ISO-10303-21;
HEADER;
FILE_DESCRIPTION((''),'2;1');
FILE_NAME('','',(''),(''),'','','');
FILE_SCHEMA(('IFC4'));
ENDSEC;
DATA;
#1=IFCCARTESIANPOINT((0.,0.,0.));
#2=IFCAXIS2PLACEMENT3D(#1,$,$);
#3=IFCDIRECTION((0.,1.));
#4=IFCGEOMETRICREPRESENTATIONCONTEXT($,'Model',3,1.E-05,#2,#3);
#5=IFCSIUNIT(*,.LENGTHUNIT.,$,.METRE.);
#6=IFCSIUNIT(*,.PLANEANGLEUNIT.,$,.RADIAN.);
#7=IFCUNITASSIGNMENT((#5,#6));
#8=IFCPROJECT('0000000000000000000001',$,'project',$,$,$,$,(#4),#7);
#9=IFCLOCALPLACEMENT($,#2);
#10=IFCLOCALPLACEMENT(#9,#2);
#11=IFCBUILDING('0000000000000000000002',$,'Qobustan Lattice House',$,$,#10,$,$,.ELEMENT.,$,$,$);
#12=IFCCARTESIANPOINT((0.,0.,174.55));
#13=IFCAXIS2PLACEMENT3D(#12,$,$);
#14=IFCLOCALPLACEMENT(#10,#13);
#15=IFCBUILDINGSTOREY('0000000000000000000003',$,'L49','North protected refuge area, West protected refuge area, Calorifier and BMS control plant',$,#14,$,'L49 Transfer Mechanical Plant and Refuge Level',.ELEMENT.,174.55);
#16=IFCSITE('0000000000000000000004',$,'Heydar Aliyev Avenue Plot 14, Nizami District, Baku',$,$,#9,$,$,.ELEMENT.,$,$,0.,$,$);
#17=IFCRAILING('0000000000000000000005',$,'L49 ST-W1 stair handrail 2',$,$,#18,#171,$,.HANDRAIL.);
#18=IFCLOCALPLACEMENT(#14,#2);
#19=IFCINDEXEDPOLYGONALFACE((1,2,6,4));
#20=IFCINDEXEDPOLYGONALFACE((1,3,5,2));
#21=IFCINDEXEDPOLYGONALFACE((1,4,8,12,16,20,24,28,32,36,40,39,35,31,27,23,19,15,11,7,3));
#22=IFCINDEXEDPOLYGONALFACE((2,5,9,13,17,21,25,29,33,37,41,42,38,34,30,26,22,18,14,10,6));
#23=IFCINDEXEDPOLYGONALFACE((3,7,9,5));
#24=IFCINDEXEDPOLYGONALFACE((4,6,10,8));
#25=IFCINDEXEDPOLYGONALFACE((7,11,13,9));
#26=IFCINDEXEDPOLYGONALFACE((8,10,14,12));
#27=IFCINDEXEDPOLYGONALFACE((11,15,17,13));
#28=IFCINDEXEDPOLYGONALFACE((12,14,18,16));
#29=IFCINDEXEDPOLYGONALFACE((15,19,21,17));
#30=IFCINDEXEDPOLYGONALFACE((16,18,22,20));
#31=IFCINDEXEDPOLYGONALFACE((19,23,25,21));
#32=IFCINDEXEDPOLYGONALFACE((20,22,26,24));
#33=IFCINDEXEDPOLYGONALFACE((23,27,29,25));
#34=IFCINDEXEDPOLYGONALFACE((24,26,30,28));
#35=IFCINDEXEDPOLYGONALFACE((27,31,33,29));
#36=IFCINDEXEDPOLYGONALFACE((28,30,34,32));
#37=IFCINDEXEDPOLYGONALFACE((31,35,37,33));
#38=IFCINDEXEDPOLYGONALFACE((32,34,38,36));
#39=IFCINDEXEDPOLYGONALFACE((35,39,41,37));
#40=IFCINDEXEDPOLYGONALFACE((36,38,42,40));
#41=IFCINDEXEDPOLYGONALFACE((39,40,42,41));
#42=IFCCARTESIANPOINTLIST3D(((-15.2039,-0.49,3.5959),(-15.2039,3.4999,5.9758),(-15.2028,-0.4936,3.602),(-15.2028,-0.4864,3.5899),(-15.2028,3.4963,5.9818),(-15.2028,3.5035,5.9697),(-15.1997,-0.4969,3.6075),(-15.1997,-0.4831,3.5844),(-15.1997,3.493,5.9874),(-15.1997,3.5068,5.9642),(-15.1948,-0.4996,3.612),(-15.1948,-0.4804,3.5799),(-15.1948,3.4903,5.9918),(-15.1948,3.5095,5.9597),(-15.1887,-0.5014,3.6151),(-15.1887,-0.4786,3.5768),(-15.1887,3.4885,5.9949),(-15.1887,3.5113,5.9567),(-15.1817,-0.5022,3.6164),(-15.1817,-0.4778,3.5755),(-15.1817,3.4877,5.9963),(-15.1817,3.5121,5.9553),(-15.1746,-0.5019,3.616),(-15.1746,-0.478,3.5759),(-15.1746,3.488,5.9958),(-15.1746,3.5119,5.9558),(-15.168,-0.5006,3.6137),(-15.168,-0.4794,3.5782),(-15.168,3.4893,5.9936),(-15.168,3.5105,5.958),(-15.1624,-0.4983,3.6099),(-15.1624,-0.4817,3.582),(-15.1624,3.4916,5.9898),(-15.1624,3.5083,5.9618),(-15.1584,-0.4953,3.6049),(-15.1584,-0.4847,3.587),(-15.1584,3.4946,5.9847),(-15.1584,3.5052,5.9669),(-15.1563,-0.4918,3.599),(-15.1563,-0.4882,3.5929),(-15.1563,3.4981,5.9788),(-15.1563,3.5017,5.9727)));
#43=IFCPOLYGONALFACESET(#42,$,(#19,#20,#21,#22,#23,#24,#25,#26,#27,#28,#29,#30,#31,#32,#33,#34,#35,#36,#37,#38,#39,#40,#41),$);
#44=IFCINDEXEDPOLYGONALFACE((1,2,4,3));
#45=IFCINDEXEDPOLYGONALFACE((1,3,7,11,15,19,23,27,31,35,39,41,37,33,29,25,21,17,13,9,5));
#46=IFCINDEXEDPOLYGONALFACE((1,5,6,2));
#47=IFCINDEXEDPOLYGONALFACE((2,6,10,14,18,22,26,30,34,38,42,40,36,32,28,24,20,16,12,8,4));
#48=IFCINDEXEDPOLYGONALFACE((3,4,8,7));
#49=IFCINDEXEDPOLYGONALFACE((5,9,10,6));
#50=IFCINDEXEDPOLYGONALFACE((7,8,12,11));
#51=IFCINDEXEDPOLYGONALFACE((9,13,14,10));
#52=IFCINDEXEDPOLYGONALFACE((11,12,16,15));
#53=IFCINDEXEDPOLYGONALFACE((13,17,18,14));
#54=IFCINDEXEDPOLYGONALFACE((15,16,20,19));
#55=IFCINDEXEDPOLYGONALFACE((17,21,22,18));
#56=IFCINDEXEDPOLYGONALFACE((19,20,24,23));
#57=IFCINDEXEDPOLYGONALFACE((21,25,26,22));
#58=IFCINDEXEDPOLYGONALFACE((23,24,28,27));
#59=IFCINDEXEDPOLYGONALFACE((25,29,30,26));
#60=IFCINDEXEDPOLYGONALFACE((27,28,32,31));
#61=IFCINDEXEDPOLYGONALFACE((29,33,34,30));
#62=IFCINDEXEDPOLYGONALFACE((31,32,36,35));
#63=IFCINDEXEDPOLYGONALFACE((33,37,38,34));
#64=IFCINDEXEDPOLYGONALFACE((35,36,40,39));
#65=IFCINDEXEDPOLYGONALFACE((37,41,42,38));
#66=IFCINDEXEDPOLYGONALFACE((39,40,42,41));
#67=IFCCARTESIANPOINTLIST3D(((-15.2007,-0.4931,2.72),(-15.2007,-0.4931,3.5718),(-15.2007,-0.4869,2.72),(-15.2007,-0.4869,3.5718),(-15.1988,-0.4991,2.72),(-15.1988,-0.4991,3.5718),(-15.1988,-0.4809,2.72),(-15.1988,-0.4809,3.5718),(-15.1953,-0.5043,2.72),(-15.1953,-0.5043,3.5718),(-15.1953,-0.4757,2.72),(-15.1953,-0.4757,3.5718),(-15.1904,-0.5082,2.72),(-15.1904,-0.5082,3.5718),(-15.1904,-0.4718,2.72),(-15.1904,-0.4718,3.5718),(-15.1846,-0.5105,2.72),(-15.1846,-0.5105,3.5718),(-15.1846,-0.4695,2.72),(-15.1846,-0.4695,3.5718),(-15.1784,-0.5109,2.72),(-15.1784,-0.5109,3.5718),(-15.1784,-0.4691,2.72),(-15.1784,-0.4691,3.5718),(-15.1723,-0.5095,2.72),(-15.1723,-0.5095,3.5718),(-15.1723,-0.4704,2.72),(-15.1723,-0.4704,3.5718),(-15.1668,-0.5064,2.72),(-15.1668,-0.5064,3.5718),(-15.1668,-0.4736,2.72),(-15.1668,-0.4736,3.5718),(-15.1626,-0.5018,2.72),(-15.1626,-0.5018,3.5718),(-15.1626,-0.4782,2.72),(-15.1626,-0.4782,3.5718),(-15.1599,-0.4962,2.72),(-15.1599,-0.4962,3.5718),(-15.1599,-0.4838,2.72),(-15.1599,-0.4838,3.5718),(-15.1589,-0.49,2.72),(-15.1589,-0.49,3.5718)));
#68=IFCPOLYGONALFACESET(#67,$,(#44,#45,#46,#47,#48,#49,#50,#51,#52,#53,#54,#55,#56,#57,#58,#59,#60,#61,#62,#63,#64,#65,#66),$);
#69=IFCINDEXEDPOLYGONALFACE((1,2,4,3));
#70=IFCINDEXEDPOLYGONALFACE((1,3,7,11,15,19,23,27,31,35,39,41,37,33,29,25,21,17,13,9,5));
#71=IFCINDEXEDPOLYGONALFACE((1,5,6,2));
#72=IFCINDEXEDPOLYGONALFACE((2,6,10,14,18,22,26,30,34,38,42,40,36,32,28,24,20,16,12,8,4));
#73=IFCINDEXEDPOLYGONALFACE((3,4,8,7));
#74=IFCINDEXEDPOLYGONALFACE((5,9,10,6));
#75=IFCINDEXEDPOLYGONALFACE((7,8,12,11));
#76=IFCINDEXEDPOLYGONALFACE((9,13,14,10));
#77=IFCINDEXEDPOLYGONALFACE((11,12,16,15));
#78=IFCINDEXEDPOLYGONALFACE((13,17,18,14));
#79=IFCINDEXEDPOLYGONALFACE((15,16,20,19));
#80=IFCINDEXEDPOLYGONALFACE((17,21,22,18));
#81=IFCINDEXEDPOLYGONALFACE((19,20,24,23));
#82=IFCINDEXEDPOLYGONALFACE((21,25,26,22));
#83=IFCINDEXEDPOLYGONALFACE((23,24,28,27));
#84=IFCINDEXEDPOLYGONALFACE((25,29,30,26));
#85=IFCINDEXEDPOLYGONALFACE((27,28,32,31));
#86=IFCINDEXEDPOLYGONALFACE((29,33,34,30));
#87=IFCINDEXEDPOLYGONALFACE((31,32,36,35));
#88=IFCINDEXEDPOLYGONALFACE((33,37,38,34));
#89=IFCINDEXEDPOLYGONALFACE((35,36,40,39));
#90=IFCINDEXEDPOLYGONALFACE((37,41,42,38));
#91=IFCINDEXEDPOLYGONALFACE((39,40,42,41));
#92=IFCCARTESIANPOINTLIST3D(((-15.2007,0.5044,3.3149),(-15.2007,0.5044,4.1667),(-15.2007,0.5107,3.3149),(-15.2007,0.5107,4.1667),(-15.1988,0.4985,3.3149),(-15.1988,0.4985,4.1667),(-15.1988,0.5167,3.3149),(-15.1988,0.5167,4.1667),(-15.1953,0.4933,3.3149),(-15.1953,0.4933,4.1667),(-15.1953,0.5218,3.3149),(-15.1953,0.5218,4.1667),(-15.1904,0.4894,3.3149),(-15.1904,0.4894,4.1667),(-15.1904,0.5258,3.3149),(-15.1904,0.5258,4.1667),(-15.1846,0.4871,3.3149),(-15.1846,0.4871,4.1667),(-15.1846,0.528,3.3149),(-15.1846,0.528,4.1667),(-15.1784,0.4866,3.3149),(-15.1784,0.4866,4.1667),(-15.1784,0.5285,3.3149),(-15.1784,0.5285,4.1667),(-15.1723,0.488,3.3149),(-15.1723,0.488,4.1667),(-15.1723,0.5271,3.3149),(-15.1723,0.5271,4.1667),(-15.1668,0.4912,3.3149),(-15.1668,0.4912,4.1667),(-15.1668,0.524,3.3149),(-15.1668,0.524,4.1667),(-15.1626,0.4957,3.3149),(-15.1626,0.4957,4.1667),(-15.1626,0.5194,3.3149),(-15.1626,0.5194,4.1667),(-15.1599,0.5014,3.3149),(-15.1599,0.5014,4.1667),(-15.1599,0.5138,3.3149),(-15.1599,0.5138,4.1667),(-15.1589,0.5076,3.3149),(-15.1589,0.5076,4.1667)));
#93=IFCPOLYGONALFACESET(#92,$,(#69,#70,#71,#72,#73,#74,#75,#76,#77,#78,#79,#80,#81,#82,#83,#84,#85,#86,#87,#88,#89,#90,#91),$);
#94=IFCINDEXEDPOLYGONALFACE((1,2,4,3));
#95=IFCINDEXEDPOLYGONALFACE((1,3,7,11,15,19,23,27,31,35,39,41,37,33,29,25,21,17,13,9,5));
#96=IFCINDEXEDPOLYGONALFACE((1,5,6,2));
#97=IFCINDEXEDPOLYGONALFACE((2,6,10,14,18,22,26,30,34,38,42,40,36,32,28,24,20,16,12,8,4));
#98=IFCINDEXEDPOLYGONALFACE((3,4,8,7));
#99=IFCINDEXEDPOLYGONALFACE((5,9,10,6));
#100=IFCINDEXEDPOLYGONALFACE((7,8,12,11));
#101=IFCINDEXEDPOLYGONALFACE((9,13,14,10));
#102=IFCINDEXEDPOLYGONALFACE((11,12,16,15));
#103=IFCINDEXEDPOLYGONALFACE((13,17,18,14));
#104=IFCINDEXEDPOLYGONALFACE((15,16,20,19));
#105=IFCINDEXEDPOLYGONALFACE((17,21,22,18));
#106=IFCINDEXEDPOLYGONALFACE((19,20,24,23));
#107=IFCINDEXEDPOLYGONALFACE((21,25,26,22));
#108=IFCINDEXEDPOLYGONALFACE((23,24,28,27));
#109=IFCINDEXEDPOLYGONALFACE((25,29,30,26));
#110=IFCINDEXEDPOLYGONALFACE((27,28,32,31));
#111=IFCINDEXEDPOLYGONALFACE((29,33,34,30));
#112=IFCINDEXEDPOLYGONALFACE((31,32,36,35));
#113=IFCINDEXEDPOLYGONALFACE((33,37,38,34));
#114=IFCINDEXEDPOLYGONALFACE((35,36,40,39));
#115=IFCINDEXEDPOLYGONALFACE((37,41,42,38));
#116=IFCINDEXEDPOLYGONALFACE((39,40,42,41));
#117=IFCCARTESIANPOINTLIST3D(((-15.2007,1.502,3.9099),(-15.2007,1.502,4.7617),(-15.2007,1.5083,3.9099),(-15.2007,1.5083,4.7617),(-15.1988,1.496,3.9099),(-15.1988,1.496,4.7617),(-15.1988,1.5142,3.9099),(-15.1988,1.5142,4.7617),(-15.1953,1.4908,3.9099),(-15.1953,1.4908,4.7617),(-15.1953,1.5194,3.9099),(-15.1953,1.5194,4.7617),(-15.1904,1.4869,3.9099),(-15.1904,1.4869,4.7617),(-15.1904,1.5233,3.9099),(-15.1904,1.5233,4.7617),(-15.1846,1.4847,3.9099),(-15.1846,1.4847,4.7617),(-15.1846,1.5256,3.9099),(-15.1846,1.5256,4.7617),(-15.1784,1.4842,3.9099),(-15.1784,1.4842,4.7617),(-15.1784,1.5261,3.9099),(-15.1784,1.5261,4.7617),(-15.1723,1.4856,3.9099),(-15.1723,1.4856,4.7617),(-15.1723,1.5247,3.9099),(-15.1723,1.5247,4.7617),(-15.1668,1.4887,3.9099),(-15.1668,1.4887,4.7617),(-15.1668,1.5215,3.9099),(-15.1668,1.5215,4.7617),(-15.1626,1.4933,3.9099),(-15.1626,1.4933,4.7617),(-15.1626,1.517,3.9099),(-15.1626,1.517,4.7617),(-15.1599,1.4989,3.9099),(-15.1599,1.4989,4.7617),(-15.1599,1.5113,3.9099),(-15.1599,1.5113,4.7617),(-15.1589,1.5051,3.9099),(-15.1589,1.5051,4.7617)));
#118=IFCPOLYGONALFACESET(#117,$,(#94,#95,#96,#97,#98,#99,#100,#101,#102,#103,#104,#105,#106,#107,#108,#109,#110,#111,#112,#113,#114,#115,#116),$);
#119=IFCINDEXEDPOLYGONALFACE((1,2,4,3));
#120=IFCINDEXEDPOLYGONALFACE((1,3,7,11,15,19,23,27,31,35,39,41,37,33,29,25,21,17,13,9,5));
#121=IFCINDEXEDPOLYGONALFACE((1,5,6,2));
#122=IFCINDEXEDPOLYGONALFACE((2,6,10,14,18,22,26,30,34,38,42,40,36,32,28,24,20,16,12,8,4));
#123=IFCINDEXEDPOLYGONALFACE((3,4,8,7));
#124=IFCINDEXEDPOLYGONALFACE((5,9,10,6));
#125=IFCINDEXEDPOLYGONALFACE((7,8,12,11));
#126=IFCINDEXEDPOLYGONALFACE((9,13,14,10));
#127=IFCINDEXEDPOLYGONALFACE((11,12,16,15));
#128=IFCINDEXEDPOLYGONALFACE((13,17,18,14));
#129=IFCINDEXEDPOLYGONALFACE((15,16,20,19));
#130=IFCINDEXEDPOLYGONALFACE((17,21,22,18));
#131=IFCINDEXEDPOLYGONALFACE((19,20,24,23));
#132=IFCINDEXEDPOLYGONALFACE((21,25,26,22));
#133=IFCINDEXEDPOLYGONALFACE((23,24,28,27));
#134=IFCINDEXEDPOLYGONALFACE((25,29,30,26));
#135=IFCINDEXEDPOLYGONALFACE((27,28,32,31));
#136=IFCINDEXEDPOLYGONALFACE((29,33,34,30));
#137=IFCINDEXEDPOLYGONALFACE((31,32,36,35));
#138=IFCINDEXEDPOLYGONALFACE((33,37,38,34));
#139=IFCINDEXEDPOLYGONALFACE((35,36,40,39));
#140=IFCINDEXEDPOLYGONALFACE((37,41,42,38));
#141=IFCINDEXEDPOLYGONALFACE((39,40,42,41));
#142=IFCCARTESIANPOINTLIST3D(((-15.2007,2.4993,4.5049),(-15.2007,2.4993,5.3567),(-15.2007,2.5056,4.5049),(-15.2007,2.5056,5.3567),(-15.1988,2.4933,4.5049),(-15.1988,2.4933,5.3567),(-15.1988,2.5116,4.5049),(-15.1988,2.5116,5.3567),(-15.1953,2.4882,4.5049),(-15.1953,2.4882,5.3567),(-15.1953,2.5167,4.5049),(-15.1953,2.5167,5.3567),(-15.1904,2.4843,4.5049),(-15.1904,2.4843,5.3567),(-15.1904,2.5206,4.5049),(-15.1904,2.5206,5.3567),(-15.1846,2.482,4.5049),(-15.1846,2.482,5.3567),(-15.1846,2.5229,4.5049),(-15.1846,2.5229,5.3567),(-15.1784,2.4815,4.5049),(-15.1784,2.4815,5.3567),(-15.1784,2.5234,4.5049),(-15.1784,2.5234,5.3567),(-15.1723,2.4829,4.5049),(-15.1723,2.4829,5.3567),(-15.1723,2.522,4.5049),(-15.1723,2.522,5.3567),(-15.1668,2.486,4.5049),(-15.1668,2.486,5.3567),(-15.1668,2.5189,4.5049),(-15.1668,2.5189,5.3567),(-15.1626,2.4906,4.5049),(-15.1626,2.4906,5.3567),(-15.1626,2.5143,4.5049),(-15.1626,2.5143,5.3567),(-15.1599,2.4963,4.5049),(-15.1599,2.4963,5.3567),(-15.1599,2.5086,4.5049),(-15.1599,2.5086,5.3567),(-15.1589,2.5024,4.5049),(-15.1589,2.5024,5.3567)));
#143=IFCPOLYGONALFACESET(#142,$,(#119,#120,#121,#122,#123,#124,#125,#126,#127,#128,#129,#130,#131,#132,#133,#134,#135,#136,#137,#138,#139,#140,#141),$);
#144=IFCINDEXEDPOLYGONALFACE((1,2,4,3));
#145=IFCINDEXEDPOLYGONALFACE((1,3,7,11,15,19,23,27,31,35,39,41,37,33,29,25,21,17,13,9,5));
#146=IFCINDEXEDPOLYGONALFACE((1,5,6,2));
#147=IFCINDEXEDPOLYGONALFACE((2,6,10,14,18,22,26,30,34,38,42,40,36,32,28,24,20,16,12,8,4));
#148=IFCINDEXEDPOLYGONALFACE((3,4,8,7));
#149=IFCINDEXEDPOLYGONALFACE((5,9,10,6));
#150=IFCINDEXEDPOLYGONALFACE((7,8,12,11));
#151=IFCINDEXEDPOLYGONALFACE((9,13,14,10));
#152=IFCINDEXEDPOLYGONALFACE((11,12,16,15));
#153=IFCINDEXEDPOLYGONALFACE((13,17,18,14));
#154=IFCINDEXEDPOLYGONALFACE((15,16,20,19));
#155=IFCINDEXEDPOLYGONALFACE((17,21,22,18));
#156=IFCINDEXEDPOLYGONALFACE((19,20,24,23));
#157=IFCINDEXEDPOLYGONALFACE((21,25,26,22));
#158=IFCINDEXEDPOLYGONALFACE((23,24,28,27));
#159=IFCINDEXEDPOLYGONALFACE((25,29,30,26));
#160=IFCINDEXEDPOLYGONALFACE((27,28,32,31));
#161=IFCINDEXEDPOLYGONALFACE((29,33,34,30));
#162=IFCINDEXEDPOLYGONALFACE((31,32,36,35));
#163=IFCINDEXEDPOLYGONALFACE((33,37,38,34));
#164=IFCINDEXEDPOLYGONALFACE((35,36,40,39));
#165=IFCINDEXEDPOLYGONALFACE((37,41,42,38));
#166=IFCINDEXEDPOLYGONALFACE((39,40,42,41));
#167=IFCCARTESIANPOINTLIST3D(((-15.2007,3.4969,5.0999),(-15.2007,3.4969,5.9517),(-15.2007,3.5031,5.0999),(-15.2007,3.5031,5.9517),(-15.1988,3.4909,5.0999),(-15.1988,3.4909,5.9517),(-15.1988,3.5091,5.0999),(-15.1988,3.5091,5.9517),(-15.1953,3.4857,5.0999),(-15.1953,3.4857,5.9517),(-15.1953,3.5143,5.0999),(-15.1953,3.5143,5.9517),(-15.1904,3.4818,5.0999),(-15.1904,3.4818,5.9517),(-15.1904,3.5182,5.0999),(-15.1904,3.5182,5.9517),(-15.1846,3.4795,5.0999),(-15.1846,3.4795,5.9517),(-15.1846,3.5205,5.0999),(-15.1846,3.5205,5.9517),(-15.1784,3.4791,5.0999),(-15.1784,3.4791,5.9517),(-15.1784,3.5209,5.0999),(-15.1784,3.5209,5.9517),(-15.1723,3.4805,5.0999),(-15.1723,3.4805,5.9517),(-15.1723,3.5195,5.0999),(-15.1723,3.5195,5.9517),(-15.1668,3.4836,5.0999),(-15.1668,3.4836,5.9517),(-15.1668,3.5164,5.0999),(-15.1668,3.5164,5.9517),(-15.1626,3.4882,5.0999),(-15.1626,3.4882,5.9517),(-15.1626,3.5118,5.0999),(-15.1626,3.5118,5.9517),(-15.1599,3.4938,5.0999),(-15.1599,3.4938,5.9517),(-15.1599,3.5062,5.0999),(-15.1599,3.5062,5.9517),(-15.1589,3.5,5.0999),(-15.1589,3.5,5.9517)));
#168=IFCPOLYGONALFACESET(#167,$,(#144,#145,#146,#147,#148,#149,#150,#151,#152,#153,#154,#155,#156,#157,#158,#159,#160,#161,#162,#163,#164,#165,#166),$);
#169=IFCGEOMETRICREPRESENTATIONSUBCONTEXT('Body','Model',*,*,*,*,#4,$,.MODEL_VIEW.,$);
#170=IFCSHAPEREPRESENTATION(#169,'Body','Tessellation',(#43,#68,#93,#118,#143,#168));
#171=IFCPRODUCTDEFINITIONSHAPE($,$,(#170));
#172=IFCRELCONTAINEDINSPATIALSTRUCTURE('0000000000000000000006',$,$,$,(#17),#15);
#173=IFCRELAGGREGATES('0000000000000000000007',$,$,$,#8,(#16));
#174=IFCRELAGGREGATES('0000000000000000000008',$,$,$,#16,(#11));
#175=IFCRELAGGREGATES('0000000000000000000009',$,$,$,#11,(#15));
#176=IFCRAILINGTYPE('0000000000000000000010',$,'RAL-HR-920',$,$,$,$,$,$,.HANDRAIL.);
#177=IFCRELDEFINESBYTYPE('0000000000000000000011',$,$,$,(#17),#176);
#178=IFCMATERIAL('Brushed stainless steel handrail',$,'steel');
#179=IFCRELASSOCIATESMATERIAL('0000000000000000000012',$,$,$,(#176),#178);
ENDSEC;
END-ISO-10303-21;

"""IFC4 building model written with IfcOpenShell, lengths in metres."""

from ifc_helpers import new_model, si_unit, direction, frame, origin, origin_2d, place, context, subcontext, project, spatial, circle, extrude, material, type_object, element, save


model = new_model("IFC4")

# Units and contexts
model_context = context("Model", 3, precision=1e-05, world=origin(), true_north=direction((0.0, 1.0)))
body_context = subcontext(model_context, "Body", "Model", "MODEL_VIEW")
ifc_project = project(units=[si_unit("LENGTHUNIT", "METRE"), si_unit("PLANEANGLEUNIT", "RADIAN")], contexts=[model_context])

# Site, building, storey
site_placement = place(None, origin())
site = spatial("IfcSite", under=ifc_project, at=site_placement, Name="Heydar Aliyev Avenue Plot 14, Nizami District, Baku", CompositionType="ELEMENT", RefElevation=0.0)
building_placement = place(site_placement, origin())
building = spatial("IfcBuilding", under=site, at=building_placement, Name="Qobustan Lattice House", CompositionType="ELEMENT")
storey_placement = place(building_placement, frame((0.0, 0.0, 174.55)))
storey = spatial("IfcBuildingStorey", under=building, at=storey_placement, Name="L49", Description="North protected refuge area, West protected refuge area, Calorifier and BMS control plant", LongName="L49 Transfer Mechanical Plant and Refuge Level", CompositionType="ELEMENT", Elevation=174.55)

# Railing
ifc_material_1 = material(Name="Brushed stainless steel handrail", Category="steel")
railing_type_1 = type_object("IfcRailingType", Name="RAL-HR-920", PredefinedType="HANDRAIL", material=ifc_material_1)
railing_1_placement = place(storey_placement, frame((-15.1799, -0.49, 2.72)))
element("IfcRailing", 1, at=railing_1_placement, inside=storey, type_object=railing_type_1, Name="L49 ST-W1 stair handrail 2", PredefinedType="HANDRAIL", context=body_context, shape_type="SweptSolid", body=[
    extrude(circle(Radius=0.0239, at=origin_2d()), frame((0.0, 0.0, 0.876), z_axis=(0.0, 0.85883, 0.512261), x_axis=(-1.0, 0.0, 0.0)), (0.0, 0.0, 1.0), 4.6458),
    extrude(circle(Radius=0.021, at=origin_2d()), origin(), (0.0, 0.0, 1.0), 0.8518),
    extrude(circle(Radius=0.021, at=origin_2d()), frame((0.0, 0.9976, 0.595)), (0.0, 0.0, 1.0), 0.8518),
    extrude(circle(Radius=0.021, at=origin_2d()), frame((0.0, 1.9951, 1.1899)), (0.0, 0.0, 1.0), 0.8518),
    extrude(circle(Radius=0.021, at=origin_2d()), frame((0.0, 2.9924, 1.7849)), (0.0, 0.0, 1.0), 0.8518),
    extrude(circle(Radius=0.021, at=origin_2d()), frame((0.0, 3.99, 2.3799)), (0.0, 0.0, 1.0), 0.8518),
])

save(model, "model.ifc")
